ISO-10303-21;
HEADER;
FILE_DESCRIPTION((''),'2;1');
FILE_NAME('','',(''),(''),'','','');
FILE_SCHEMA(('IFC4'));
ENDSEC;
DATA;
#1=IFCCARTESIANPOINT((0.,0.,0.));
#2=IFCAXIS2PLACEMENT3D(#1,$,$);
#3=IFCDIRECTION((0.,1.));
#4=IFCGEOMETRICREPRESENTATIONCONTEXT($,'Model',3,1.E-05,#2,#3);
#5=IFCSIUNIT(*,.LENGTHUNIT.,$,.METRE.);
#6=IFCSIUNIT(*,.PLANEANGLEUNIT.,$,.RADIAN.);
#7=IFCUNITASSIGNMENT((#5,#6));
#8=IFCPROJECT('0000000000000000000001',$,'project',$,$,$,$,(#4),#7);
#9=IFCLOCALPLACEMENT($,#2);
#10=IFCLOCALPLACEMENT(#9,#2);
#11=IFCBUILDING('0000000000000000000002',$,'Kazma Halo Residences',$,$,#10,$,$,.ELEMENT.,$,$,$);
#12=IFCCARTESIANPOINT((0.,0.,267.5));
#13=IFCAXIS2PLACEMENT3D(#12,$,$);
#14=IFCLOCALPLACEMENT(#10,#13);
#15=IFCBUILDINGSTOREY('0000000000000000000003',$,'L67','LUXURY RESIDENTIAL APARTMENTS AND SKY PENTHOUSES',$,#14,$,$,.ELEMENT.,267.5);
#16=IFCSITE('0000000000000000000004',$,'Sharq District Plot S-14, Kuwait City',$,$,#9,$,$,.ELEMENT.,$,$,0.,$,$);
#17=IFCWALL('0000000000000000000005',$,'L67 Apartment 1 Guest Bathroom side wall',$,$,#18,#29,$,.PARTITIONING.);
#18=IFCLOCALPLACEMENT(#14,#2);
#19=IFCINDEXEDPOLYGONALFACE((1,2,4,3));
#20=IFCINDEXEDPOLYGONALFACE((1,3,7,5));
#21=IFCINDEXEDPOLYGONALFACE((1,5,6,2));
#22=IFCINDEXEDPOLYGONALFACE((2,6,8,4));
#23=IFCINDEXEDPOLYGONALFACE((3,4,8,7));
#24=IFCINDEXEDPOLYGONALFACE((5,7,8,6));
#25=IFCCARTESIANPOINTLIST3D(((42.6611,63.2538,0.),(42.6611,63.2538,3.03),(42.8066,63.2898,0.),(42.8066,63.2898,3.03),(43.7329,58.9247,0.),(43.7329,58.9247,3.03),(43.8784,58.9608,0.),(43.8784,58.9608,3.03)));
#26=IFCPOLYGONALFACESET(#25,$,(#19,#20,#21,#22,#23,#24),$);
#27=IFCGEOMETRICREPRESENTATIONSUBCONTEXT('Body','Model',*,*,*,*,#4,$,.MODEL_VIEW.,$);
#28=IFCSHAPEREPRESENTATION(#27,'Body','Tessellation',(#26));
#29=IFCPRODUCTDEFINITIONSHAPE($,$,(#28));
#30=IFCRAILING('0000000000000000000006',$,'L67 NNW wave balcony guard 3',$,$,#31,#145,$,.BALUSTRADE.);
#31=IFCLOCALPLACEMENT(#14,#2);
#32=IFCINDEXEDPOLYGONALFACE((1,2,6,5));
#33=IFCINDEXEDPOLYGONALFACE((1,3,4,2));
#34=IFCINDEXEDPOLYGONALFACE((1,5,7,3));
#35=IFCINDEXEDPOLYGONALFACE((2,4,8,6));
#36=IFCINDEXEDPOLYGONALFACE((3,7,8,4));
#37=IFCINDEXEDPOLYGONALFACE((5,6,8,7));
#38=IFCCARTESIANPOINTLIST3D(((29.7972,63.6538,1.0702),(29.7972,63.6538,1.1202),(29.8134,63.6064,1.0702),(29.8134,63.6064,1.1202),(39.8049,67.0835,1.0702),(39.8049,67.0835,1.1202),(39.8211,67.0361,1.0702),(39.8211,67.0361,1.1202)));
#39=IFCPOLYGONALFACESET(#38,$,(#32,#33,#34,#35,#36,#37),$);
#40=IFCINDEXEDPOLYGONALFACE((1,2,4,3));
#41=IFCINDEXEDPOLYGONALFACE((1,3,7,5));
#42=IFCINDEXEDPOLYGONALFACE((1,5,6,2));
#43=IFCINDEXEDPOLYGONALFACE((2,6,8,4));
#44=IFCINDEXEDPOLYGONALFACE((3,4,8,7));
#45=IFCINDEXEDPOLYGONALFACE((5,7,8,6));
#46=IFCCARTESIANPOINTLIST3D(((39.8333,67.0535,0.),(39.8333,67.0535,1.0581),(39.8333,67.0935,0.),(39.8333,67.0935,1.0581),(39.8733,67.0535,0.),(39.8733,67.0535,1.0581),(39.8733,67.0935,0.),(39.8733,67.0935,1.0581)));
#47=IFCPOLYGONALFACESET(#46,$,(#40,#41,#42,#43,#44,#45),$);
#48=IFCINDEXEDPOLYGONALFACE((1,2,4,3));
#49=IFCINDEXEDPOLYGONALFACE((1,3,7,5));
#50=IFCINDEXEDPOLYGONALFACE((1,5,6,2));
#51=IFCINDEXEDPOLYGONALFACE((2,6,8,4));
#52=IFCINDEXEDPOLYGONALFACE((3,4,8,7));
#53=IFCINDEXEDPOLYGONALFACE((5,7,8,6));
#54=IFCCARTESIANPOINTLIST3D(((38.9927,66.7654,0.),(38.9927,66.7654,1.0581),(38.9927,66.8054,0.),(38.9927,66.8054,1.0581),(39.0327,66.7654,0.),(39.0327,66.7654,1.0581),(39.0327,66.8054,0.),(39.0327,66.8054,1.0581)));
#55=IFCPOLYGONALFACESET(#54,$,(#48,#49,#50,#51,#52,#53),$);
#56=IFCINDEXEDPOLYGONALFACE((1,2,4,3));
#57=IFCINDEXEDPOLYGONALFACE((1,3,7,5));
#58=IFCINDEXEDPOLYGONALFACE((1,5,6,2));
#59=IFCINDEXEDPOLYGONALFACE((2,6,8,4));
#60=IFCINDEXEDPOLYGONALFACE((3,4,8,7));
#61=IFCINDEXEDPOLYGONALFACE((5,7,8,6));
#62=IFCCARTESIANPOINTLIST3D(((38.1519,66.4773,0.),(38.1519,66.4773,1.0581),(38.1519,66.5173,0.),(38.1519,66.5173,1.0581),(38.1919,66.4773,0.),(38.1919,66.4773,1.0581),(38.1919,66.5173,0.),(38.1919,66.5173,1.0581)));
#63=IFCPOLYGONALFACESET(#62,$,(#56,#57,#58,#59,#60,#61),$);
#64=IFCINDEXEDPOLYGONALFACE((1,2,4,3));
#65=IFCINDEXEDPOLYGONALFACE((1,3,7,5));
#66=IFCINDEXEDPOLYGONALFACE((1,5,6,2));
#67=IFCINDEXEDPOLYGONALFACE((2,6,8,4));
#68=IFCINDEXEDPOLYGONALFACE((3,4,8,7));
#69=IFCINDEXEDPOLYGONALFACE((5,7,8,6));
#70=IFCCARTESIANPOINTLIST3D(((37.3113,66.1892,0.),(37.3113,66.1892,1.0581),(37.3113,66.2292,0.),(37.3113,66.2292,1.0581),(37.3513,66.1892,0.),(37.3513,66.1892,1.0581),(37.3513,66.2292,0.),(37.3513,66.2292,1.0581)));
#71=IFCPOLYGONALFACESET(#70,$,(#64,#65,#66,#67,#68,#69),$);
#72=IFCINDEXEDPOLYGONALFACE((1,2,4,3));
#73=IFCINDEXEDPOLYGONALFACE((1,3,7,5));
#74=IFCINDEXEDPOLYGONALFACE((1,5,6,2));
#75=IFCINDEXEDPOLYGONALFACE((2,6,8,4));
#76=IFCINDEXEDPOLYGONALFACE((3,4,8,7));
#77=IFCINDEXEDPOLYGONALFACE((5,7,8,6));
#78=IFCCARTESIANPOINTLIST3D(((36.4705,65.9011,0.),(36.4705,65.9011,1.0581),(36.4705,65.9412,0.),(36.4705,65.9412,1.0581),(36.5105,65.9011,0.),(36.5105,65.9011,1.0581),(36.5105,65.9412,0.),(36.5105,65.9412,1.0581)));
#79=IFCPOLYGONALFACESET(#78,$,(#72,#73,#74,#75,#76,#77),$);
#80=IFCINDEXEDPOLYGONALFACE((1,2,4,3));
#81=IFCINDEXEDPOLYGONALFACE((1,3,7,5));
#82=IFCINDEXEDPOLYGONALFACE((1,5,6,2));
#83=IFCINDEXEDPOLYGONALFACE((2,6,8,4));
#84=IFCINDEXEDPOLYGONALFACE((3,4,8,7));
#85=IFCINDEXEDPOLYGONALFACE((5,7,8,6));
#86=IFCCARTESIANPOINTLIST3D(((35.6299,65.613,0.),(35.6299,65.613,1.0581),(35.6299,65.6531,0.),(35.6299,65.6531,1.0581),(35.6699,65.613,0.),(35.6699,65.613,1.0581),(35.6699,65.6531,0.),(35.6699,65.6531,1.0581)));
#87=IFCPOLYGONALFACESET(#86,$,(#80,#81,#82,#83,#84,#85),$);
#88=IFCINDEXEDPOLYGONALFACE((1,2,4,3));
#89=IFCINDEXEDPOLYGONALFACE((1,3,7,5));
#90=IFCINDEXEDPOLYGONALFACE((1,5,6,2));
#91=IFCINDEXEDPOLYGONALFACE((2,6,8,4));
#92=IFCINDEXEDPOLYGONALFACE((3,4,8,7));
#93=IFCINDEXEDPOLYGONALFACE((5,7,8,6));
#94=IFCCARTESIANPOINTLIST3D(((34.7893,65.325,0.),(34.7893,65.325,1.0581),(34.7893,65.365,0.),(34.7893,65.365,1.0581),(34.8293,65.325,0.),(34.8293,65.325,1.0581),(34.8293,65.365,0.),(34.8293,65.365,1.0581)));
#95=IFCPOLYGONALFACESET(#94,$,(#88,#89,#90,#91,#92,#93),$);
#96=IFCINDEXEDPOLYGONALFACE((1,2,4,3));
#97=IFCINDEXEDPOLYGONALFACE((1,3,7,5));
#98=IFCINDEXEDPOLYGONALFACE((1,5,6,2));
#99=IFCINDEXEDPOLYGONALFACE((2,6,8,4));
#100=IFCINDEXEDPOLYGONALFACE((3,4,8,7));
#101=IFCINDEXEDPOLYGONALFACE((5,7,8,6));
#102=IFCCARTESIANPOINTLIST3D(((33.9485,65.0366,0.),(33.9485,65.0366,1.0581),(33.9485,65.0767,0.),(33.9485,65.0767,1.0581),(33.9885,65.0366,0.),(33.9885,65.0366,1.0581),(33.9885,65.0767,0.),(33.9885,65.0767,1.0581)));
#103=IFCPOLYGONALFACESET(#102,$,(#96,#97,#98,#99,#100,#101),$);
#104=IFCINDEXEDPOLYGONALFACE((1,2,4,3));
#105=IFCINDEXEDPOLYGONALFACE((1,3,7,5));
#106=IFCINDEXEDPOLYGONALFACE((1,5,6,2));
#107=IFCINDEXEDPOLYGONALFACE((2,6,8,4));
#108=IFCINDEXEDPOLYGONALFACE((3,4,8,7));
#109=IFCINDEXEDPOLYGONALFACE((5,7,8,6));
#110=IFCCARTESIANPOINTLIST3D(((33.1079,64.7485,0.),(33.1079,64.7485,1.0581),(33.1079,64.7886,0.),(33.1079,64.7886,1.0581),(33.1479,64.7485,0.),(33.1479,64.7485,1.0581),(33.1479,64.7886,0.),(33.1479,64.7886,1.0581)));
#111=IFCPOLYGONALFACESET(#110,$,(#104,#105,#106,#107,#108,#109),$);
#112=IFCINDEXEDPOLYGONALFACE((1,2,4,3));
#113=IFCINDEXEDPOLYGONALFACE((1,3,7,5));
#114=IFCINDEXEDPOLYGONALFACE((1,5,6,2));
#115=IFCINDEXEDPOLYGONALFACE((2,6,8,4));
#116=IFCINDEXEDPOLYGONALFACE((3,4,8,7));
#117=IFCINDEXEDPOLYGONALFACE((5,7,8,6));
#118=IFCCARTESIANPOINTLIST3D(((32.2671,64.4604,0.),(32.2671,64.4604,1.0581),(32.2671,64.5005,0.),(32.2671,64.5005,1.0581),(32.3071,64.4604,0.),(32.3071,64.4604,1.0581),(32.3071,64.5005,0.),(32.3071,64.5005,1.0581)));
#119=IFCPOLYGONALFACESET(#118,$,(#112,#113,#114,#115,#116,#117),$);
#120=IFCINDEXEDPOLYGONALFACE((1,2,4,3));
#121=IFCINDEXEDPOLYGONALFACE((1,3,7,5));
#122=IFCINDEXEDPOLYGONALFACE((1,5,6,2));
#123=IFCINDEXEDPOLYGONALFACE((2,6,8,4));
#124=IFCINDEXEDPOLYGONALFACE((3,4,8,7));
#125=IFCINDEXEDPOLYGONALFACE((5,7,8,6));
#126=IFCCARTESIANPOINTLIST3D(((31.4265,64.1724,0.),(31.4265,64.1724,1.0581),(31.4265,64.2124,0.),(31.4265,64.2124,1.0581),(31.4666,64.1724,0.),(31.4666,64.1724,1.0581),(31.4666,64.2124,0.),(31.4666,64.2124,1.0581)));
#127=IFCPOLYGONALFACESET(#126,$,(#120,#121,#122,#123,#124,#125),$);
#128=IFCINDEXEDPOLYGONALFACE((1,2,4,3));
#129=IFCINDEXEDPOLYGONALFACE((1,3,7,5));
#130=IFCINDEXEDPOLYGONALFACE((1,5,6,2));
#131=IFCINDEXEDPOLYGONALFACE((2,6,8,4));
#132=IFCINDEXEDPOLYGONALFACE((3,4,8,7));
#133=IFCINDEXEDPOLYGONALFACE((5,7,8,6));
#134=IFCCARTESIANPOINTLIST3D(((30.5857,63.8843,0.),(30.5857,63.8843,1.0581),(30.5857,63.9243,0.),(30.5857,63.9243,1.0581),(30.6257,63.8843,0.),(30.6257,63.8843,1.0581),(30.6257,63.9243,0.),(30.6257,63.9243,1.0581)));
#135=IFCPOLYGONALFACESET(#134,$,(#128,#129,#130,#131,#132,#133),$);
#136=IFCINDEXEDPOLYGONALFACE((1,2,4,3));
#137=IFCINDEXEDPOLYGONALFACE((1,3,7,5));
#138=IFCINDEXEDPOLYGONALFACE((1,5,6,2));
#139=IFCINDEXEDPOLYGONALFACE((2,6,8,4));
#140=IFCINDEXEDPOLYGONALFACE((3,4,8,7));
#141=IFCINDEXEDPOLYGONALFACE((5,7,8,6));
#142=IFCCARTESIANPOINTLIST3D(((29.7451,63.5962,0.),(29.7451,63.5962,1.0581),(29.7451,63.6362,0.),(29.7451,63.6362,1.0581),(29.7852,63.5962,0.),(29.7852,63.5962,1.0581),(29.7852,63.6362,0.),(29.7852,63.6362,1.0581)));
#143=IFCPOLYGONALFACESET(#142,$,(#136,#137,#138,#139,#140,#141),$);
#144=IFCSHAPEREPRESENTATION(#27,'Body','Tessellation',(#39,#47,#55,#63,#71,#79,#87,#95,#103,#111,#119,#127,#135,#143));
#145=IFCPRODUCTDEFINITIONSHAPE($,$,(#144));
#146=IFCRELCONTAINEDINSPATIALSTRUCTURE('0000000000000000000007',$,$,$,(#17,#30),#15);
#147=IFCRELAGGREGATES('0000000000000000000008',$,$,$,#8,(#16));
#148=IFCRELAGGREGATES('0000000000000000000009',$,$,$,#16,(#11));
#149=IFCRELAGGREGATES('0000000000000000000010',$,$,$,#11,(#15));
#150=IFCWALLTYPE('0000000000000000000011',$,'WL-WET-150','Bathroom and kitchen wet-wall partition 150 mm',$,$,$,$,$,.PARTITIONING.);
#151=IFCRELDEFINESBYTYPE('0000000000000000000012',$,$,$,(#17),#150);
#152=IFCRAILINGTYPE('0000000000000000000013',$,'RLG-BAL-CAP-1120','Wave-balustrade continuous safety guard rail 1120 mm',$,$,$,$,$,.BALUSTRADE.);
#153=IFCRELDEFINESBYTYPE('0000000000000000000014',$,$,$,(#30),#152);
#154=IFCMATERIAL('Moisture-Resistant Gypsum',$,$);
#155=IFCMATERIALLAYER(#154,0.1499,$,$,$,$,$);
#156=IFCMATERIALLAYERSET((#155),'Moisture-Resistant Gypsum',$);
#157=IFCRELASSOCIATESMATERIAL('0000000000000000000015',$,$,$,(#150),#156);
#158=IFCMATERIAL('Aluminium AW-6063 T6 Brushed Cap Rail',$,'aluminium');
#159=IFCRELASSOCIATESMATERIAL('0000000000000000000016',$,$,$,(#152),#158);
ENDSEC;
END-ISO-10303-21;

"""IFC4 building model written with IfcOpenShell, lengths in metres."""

from ifc_helpers import new_model, si_unit, direction, frame, frame_2d, origin, origin_2d, place, context, subcontext, project, spatial, rectangle, extrude, material, layer, layer_set, type_object, element, save


model = new_model("IFC4")

# Units and contexts
model_context = context("Model", 3, precision=1e-05, world=origin(), true_north=direction((0.0, 1.0)))
body_context = subcontext(model_context, "Body", "Model", "MODEL_VIEW")
ifc_project = project(units=[si_unit("LENGTHUNIT", "METRE"), si_unit("PLANEANGLEUNIT", "RADIAN")], contexts=[model_context])

# Site, building, storey
site_placement = place(None, origin())
site = spatial("IfcSite", under=ifc_project, at=site_placement, Name="Sharq District Plot S-14, Kuwait City", CompositionType="ELEMENT", RefElevation=0.0)
building_placement = place(site_placement, origin())
building = spatial("IfcBuilding", under=site, at=building_placement, Name="Kazma Halo Residences", CompositionType="ELEMENT")
storey_placement = place(building_placement, frame((0.0, 0.0, 267.5)))
storey = spatial("IfcBuildingStorey", under=building, at=storey_placement, Name="L67", Description="LUXURY RESIDENTIAL APARTMENTS AND SKY PENTHOUSES", CompositionType="ELEMENT", Elevation=267.5)

# Shared definitions
ifc_material_1 = material(Name="Moisture-Resistant Gypsum")
ifc_layer_1 = layer(ifc_material_1, 0.1499)
ifc_layer_set_1 = layer_set([ifc_layer_1], Name="Moisture-Resistant Gypsum")
wall_type_1 = type_object("IfcWallType", Name="WL-WET-150", Description="Bathroom and kitchen wet-wall partition 150 mm", PredefinedType="PARTITIONING", material=ifc_layer_set_1)

# Wall
wall_1_placement = place(storey_placement, frame((43.8057, 58.9426, 0.0), z_axis=(0.0, 0.0, 1.0), x_axis=(-0.24032, 0.970694, 0.0)))
element("IfcWall", 1, at=wall_1_placement, inside=storey, type_object=wall_type_1, Name="L67 Apartment 1 Guest Bathroom side wall", PredefinedType="PARTITIONING", context=body_context, shape_type="SweptSolid", body=[
    extrude(rectangle(XDim=4.4597, YDim=0.1499, at=frame_2d((2.23, 0.0))), origin(), (0.0, 0.0, 1.0), 3.03),
])

# Railing
ifc_material_2 = material(Name="Aluminium AW-6063 T6 Brushed Cap Rail", Category="aluminium")
railing_type = type_object("IfcRailingType", Name="RLG-BAL-CAP-1120", Description="Wave-balustrade continuous safety guard rail 1120 mm", PredefinedType="BALUSTRADE", material=ifc_material_2)
railing_placement = place(storey_placement, frame((39.8533, 67.0735, 0.0)))
element("IfcRailing", 2, at=railing_placement, inside=storey, type_object=railing_type, Name="L67 NNW wave balcony guard 3", PredefinedType="BALUSTRADE", context=body_context, shape_type="SweptSolid", body=[
    extrude(rectangle(XDim=0.05, YDim=0.05, at=origin_2d()), frame((-0.0403, -0.0137, 1.0952), z_axis=(-0.945989, -0.324197, 0.0), x_axis=(0.324197, -0.945989, 0.0)), (0.0, 0.0, 1.0), 10.5791),
    extrude(rectangle(XDim=0.04, YDim=0.04, at=origin_2d()), origin(), (0.0, 0.0, 1.0), 1.0581),
    extrude(rectangle(XDim=0.04, YDim=0.04, at=origin_2d()), frame((-0.8406, -0.2881, 0.0)), (0.0, 0.0, 1.0), 1.0581),
    extrude(rectangle(XDim=0.04, YDim=0.04, at=origin_2d()), frame((-1.6814, -0.5762, 0.0)), (0.0, 0.0, 1.0), 1.0581),
    extrude(rectangle(XDim=0.04, YDim=0.04, at=origin_2d()), frame((-2.522, -0.8643, 0.0)), (0.0, 0.0, 1.0), 1.0581),
    extrude(rectangle(XDim=0.04, YDim=0.04, at=origin_2d()), frame((-3.3628, -1.1523, 0.0)), (0.0, 0.0, 1.0), 1.0581),
    extrude(rectangle(XDim=0.04, YDim=0.04, at=origin_2d()), frame((-4.2034, -1.4404, 0.0)), (0.0, 0.0, 1.0), 1.0581),
    extrude(rectangle(XDim=0.04, YDim=0.04, at=origin_2d()), frame((-5.0439, -1.7285, 0.0)), (0.0, 0.0, 1.0), 1.0581),
    extrude(rectangle(XDim=0.04, YDim=0.04, at=origin_2d()), frame((-5.8848, -2.0168, 0.0)), (0.0, 0.0, 1.0), 1.0581),
    extrude(rectangle(XDim=0.04, YDim=0.04, at=origin_2d()), frame((-6.7253, -2.3049, 0.0)), (0.0, 0.0, 1.0), 1.0581),
    extrude(rectangle(XDim=0.04, YDim=0.04, at=origin_2d()), frame((-7.5662, -2.593, 0.0)), (0.0, 0.0, 1.0), 1.0581),
    extrude(rectangle(XDim=0.04, YDim=0.04, at=origin_2d()), frame((-8.4067, -2.8811, 0.0)), (0.0, 0.0, 1.0), 1.0581),
    extrude(rectangle(XDim=0.04, YDim=0.04, at=origin_2d()), frame((-9.2476, -3.1692, 0.0)), (0.0, 0.0, 1.0), 1.0581),
    extrude(rectangle(XDim=0.04, YDim=0.04, at=origin_2d()), frame((-10.0881, -3.4573, 0.0)), (0.0, 0.0, 1.0), 1.0581),
])

save(model, "model.ifc")
